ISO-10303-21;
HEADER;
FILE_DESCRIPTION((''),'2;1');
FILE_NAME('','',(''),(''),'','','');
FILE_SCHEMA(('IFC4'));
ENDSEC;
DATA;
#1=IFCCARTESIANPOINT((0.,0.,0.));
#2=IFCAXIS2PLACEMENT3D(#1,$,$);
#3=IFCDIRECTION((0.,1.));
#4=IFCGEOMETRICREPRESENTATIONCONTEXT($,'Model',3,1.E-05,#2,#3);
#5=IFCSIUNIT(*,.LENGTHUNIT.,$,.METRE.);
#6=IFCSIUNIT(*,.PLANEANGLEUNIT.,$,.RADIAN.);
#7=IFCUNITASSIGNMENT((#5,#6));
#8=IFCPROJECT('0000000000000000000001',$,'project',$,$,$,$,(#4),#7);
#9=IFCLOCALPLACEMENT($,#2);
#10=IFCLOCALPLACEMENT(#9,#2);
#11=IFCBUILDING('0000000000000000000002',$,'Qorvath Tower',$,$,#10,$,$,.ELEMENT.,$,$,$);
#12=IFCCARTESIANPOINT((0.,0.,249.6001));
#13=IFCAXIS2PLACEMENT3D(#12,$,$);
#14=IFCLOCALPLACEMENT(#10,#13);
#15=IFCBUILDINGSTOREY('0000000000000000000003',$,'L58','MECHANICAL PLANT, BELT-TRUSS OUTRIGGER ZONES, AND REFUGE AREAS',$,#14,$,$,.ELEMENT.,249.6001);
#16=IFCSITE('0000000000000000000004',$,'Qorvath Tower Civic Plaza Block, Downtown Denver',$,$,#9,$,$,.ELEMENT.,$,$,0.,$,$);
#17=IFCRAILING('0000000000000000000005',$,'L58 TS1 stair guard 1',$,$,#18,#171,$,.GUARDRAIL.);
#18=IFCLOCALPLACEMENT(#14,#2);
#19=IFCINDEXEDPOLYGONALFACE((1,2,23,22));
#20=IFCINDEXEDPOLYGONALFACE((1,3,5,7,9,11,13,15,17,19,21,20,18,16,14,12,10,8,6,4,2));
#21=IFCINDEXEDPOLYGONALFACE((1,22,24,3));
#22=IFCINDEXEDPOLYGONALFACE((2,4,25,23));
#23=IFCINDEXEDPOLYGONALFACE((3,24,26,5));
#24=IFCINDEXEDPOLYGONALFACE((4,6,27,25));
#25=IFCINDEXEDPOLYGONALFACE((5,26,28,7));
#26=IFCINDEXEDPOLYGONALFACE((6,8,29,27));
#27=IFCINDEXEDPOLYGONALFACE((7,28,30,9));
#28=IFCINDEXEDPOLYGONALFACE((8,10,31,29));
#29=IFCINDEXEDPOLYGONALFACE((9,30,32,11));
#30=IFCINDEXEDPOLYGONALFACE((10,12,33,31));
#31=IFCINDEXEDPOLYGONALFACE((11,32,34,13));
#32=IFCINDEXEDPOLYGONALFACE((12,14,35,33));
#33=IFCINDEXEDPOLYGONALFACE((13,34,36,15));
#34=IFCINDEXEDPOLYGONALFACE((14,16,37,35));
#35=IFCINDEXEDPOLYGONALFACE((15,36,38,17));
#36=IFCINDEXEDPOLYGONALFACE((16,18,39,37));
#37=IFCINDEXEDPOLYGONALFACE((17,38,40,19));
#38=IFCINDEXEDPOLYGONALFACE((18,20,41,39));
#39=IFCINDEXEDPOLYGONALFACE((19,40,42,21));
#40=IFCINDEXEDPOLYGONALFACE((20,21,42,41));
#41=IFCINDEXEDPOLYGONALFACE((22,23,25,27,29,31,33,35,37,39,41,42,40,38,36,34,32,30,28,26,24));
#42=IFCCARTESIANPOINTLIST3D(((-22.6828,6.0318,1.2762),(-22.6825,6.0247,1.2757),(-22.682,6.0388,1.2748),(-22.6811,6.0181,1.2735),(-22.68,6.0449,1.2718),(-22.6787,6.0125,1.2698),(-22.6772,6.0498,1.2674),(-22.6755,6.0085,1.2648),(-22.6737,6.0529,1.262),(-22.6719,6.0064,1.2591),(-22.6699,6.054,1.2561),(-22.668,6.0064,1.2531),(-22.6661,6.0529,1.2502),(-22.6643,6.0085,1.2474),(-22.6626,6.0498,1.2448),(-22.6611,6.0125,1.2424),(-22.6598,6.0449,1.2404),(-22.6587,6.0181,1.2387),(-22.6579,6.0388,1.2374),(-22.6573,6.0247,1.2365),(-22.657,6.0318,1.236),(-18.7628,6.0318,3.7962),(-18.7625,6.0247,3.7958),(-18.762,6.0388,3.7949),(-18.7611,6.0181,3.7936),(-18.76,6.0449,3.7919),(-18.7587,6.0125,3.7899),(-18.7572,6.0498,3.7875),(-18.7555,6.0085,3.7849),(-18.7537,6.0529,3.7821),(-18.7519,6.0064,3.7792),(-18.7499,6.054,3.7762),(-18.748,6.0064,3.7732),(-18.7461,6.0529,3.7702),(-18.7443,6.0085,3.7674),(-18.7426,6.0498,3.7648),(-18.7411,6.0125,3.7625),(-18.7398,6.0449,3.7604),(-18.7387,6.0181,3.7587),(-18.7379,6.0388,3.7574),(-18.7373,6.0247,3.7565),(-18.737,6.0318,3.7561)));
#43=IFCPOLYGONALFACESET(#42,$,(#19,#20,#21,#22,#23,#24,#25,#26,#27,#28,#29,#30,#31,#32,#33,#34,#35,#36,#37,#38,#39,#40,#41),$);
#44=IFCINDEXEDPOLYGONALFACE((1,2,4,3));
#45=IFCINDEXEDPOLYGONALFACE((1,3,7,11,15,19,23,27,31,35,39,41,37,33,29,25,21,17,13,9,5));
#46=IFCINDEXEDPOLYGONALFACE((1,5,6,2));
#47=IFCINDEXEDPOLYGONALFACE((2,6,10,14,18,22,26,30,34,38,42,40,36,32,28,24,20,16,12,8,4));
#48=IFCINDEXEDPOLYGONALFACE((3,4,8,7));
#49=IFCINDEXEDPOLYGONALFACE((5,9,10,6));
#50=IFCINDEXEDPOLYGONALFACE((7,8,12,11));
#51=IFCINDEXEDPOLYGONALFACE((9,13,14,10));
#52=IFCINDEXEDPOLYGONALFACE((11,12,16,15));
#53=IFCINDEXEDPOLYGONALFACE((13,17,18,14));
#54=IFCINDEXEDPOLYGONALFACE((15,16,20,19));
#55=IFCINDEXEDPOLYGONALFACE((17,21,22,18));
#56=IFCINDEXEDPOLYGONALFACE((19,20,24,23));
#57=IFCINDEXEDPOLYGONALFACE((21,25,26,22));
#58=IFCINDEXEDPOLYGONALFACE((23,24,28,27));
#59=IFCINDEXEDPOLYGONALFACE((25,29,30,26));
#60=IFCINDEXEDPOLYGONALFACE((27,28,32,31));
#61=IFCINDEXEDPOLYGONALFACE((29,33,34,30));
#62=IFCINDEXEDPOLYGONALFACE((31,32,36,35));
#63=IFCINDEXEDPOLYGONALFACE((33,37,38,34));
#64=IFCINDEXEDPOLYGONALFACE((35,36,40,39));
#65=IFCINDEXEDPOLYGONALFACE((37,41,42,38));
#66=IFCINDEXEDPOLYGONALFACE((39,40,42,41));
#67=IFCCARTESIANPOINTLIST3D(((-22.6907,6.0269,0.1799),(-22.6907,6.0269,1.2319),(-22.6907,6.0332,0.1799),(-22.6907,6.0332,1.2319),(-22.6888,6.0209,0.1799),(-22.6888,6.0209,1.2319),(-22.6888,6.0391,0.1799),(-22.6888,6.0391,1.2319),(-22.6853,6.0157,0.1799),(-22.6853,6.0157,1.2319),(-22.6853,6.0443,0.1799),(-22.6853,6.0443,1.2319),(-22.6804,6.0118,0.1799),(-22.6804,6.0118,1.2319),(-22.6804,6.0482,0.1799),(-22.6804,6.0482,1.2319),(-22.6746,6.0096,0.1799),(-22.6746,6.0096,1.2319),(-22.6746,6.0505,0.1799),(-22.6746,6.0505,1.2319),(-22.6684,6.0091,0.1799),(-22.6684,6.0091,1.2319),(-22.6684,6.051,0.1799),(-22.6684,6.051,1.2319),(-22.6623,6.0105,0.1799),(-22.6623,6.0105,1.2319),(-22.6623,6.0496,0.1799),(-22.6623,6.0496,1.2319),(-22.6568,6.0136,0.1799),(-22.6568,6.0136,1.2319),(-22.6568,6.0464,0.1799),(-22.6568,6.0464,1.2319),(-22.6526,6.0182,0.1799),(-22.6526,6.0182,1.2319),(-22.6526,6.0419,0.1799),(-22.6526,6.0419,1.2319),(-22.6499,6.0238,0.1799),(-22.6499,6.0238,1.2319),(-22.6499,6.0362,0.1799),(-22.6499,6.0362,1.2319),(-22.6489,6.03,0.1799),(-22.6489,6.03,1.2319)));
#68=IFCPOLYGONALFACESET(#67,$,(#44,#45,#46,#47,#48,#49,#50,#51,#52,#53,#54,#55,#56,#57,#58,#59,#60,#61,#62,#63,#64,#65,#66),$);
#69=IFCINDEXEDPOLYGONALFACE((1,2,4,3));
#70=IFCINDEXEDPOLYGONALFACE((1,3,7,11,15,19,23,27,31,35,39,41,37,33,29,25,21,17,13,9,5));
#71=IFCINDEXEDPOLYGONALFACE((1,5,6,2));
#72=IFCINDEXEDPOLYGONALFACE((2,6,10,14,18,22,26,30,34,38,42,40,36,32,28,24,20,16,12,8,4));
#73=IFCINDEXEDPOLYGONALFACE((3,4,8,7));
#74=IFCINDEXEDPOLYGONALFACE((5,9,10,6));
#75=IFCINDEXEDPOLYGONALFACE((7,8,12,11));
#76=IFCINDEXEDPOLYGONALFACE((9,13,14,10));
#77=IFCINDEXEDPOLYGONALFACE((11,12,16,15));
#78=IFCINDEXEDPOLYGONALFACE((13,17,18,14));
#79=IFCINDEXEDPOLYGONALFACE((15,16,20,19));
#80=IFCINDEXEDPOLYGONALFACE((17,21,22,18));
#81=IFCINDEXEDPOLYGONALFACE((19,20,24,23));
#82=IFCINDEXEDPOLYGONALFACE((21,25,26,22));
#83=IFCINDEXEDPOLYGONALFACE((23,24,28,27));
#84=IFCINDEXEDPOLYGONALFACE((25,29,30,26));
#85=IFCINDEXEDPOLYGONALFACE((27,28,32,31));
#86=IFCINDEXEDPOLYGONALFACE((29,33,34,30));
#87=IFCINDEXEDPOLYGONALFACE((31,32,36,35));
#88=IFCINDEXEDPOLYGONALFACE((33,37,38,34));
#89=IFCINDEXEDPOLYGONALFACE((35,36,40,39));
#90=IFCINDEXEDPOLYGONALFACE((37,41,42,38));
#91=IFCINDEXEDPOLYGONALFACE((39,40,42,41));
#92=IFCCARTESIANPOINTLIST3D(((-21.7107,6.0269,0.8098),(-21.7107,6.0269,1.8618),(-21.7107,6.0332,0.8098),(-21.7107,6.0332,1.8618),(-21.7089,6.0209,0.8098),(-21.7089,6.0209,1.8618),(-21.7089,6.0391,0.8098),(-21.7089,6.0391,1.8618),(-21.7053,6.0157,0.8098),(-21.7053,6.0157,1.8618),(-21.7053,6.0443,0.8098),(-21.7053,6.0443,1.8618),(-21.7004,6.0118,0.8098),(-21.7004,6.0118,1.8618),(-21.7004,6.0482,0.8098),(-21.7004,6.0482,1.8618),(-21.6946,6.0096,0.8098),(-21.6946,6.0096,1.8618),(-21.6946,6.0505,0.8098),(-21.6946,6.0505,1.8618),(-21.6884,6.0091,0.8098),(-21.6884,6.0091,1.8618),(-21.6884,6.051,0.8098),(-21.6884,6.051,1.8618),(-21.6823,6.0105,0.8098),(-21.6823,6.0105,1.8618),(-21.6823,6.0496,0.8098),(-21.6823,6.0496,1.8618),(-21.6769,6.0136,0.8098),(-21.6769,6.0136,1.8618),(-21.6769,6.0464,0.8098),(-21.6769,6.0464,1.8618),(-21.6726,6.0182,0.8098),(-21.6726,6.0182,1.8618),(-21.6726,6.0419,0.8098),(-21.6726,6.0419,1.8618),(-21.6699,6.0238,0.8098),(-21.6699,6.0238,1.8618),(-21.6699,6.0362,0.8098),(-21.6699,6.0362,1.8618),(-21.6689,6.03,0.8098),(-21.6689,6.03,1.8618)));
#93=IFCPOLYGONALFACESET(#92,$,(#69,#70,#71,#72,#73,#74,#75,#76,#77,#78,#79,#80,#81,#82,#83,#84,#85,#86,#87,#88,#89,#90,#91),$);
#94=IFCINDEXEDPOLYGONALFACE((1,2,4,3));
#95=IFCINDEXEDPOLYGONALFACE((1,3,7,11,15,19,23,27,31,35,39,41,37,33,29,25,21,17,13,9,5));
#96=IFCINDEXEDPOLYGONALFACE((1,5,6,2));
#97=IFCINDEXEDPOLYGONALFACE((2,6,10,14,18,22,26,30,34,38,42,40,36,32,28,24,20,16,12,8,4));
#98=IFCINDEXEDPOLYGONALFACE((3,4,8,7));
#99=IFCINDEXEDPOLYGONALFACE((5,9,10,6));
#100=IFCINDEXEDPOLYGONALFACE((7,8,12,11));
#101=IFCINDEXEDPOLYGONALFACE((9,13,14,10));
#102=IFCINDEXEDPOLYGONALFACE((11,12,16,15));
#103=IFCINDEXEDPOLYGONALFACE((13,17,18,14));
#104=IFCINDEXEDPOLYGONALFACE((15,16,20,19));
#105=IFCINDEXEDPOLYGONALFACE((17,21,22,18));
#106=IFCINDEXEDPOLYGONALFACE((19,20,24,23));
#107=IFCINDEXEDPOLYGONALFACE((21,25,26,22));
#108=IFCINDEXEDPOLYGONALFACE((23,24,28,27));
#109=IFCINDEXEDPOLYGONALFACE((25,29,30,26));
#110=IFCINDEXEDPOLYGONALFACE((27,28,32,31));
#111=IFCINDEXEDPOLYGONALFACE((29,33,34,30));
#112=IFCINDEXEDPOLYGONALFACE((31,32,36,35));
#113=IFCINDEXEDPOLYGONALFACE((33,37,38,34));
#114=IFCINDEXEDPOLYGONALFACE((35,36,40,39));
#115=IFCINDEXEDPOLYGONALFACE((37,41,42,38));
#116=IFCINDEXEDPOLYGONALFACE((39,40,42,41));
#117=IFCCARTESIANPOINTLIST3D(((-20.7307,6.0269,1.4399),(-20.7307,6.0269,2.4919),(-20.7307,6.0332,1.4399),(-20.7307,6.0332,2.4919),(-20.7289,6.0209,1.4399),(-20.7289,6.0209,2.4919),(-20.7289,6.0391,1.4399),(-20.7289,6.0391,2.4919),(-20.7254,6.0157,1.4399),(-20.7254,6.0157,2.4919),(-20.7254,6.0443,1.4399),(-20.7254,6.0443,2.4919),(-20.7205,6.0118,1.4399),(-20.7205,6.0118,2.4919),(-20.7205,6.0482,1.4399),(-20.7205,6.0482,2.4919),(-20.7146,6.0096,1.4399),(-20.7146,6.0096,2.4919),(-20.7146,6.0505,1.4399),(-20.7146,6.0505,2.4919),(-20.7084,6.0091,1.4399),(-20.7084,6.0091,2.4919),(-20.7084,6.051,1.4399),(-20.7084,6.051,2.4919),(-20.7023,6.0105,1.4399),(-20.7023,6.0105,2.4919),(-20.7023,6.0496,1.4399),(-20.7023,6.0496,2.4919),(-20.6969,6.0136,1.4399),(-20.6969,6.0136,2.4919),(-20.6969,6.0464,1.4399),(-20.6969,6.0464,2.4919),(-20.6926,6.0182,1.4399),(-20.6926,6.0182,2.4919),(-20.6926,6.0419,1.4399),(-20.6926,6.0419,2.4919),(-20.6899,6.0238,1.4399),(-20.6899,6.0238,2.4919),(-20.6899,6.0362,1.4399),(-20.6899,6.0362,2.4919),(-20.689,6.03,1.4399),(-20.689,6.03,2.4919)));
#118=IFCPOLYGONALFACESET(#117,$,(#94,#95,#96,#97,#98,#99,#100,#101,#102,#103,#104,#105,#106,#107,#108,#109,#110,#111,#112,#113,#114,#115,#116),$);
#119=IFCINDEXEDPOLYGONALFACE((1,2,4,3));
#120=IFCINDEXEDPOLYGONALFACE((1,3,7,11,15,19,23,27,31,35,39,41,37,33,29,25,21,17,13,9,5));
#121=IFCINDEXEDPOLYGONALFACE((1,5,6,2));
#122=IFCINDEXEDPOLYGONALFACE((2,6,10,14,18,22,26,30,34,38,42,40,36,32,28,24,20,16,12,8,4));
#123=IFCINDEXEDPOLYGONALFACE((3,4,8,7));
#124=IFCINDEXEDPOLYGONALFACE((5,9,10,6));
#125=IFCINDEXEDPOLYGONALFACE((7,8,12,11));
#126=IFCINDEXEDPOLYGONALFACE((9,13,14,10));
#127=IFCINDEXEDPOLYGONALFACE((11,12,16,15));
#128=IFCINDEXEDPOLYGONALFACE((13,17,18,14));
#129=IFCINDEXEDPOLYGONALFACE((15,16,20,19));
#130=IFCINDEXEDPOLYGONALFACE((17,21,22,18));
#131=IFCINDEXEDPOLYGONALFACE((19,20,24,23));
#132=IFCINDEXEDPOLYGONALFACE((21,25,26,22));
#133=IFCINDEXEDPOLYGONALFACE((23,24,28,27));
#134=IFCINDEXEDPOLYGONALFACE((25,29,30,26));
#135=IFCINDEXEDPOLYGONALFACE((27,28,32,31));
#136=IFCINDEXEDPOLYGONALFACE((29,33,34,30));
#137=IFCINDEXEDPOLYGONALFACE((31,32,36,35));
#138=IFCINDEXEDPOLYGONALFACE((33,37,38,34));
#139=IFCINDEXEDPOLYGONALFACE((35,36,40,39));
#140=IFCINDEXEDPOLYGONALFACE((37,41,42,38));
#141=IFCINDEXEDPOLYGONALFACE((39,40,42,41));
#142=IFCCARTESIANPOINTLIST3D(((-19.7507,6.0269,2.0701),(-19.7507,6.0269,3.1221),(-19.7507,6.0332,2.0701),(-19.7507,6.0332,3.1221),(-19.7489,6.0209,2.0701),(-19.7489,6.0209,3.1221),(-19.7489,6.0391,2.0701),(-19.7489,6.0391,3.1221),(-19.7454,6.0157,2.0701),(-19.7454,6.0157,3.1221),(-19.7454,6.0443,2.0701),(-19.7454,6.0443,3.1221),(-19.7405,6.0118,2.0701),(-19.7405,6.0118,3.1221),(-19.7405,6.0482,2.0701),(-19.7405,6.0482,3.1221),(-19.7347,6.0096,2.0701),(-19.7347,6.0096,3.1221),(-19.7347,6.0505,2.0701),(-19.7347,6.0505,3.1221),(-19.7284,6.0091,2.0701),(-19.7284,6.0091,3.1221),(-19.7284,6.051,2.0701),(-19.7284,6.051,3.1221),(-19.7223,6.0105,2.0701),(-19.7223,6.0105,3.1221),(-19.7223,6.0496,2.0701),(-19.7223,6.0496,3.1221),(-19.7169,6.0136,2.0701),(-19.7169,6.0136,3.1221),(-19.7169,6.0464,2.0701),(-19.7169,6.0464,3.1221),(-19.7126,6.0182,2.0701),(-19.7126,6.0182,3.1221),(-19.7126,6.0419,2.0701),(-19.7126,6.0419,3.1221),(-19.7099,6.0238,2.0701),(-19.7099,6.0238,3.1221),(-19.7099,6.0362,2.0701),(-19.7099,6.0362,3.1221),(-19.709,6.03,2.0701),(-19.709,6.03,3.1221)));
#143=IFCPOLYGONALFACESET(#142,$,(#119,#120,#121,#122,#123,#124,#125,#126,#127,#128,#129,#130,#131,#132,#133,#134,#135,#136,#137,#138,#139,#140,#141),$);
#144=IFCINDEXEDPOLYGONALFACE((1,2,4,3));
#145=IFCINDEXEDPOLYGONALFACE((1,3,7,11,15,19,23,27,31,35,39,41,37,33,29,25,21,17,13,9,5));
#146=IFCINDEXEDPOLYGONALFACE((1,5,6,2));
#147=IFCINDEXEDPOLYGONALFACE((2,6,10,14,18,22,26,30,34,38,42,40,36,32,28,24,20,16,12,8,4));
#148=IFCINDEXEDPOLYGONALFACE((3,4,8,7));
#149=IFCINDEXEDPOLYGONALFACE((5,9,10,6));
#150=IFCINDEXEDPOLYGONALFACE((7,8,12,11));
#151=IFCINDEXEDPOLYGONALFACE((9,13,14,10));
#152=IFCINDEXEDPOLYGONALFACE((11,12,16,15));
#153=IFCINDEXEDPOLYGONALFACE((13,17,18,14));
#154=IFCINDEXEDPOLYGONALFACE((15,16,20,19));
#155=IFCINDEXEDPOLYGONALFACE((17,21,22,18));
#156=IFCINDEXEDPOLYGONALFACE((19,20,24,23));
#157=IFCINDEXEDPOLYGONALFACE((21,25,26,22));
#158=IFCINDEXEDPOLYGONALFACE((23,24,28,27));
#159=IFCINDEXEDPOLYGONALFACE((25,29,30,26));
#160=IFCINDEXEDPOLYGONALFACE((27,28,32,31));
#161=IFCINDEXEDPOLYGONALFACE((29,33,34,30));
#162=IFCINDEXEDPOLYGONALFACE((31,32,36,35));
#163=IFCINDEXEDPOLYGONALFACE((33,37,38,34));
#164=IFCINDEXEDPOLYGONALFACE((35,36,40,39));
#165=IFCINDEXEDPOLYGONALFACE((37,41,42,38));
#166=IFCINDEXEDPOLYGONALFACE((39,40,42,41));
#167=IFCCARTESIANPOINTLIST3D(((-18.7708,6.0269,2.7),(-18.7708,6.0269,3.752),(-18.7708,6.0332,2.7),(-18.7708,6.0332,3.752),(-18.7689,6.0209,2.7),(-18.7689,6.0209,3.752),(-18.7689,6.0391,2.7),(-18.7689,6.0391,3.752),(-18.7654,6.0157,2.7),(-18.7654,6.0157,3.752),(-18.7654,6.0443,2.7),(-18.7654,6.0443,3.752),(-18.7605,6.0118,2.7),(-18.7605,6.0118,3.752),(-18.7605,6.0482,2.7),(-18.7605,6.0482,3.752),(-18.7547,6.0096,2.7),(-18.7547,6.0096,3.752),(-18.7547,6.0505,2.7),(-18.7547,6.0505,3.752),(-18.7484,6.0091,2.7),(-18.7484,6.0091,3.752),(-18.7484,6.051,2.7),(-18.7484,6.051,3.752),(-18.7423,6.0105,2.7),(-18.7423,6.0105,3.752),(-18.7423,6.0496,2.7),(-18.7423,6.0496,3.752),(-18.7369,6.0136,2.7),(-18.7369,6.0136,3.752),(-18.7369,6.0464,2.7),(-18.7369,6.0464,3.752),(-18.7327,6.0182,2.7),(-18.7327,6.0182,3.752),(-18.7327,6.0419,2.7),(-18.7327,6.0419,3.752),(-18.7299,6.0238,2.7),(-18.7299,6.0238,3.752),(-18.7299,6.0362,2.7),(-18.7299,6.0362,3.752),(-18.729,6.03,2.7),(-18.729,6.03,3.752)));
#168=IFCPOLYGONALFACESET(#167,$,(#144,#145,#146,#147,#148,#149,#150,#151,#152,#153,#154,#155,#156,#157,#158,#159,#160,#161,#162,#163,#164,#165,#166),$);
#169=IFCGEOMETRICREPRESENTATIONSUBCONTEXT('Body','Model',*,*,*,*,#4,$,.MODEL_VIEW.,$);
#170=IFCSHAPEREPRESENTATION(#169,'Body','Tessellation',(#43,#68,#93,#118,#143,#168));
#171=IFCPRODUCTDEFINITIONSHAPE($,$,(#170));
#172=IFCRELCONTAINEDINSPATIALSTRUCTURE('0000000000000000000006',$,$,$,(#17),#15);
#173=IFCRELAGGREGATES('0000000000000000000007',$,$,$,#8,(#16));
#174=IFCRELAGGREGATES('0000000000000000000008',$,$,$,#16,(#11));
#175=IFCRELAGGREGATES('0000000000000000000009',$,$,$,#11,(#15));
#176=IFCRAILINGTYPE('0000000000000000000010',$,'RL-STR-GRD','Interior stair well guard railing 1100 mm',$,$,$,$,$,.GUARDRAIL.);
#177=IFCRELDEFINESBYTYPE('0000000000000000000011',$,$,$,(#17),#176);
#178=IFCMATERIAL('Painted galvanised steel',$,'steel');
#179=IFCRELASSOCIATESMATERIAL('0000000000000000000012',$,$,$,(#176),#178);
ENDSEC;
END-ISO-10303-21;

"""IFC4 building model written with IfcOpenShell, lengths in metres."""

from ifc_helpers import new_model, si_unit, direction, frame, origin, origin_2d, place, context, subcontext, project, spatial, circle, extrude, material, type_object, element, save


model = new_model("IFC4")

# Units and contexts
model_context = context("Model", 3, precision=1e-05, world=origin(), true_north=direction((0.0, 1.0)))
body_context = subcontext(model_context, "Body", "Model", "MODEL_VIEW")
ifc_project = project(units=[si_unit("LENGTHUNIT", "METRE"), si_unit("PLANEANGLEUNIT", "RADIAN")], contexts=[model_context])

# Site, building, storey
site_placement = place(None, origin())
site = spatial("IfcSite", under=ifc_project, at=site_placement, Name="Qorvath Tower Civic Plaza Block, Downtown Denver", CompositionType="ELEMENT", RefElevation=0.0)
building_placement = place(site_placement, origin())
building = spatial("IfcBuilding", under=site, at=building_placement, Name="Qorvath Tower", CompositionType="ELEMENT")
storey_placement = place(building_placement, frame((0.0, 0.0, 249.6001)))
storey = spatial("IfcBuildingStorey", under=building, at=storey_placement, Name="L58", Description="MECHANICAL PLANT, BELT-TRUSS OUTRIGGER ZONES, AND REFUGE AREAS", CompositionType="ELEMENT", Elevation=249.6001)

# Railing
ifc_material_1 = material(Name="Painted galvanised steel", Category="steel")
railing_type_1 = type_object("IfcRailingType", Name="RL-STR-GRD", Description="Interior stair well guard railing 1100 mm", PredefinedType="GUARDRAIL", material=ifc_material_1)
railing_1_placement = place(storey_placement, frame((-22.6699, 6.03, 0.1799)))
element("IfcRailing", 1, at=railing_1_placement, inside=storey, type_object=railing_type_1, Name="L58 TS1 stair guard 1", PredefinedType="GUARDRAIL", context=body_context, shape_type="SweptSolid", body=[
    extrude(circle(Radius=0.0239, at=origin_2d()), frame((0.0, 0.0, 1.0762), z_axis=(0.841172, 0.0, 0.540768), x_axis=(0.0, 1.0, 0.0)), (0.0, 0.0, 1.0), 4.6602),
    extrude(circle(Radius=0.021, at=origin_2d()), origin(), (0.0, 0.0, 1.0), 1.052),
    extrude(circle(Radius=0.021, at=origin_2d()), frame((0.98, 0.0, 0.6299)), (0.0, 0.0, 1.0), 1.052),
    extrude(circle(Radius=0.021, at=origin_2d()), frame((1.96, 0.0, 1.26)), (0.0, 0.0, 1.0), 1.052),
    extrude(circle(Radius=0.021, at=origin_2d()), frame((2.9399, 0.0, 1.8901)), (0.0, 0.0, 1.0), 1.052),
    extrude(circle(Radius=0.021, at=origin_2d()), frame((3.9199, 0.0, 2.52)), (0.0, 0.0, 1.0), 1.052),
])

save(model, "model.ifc")
